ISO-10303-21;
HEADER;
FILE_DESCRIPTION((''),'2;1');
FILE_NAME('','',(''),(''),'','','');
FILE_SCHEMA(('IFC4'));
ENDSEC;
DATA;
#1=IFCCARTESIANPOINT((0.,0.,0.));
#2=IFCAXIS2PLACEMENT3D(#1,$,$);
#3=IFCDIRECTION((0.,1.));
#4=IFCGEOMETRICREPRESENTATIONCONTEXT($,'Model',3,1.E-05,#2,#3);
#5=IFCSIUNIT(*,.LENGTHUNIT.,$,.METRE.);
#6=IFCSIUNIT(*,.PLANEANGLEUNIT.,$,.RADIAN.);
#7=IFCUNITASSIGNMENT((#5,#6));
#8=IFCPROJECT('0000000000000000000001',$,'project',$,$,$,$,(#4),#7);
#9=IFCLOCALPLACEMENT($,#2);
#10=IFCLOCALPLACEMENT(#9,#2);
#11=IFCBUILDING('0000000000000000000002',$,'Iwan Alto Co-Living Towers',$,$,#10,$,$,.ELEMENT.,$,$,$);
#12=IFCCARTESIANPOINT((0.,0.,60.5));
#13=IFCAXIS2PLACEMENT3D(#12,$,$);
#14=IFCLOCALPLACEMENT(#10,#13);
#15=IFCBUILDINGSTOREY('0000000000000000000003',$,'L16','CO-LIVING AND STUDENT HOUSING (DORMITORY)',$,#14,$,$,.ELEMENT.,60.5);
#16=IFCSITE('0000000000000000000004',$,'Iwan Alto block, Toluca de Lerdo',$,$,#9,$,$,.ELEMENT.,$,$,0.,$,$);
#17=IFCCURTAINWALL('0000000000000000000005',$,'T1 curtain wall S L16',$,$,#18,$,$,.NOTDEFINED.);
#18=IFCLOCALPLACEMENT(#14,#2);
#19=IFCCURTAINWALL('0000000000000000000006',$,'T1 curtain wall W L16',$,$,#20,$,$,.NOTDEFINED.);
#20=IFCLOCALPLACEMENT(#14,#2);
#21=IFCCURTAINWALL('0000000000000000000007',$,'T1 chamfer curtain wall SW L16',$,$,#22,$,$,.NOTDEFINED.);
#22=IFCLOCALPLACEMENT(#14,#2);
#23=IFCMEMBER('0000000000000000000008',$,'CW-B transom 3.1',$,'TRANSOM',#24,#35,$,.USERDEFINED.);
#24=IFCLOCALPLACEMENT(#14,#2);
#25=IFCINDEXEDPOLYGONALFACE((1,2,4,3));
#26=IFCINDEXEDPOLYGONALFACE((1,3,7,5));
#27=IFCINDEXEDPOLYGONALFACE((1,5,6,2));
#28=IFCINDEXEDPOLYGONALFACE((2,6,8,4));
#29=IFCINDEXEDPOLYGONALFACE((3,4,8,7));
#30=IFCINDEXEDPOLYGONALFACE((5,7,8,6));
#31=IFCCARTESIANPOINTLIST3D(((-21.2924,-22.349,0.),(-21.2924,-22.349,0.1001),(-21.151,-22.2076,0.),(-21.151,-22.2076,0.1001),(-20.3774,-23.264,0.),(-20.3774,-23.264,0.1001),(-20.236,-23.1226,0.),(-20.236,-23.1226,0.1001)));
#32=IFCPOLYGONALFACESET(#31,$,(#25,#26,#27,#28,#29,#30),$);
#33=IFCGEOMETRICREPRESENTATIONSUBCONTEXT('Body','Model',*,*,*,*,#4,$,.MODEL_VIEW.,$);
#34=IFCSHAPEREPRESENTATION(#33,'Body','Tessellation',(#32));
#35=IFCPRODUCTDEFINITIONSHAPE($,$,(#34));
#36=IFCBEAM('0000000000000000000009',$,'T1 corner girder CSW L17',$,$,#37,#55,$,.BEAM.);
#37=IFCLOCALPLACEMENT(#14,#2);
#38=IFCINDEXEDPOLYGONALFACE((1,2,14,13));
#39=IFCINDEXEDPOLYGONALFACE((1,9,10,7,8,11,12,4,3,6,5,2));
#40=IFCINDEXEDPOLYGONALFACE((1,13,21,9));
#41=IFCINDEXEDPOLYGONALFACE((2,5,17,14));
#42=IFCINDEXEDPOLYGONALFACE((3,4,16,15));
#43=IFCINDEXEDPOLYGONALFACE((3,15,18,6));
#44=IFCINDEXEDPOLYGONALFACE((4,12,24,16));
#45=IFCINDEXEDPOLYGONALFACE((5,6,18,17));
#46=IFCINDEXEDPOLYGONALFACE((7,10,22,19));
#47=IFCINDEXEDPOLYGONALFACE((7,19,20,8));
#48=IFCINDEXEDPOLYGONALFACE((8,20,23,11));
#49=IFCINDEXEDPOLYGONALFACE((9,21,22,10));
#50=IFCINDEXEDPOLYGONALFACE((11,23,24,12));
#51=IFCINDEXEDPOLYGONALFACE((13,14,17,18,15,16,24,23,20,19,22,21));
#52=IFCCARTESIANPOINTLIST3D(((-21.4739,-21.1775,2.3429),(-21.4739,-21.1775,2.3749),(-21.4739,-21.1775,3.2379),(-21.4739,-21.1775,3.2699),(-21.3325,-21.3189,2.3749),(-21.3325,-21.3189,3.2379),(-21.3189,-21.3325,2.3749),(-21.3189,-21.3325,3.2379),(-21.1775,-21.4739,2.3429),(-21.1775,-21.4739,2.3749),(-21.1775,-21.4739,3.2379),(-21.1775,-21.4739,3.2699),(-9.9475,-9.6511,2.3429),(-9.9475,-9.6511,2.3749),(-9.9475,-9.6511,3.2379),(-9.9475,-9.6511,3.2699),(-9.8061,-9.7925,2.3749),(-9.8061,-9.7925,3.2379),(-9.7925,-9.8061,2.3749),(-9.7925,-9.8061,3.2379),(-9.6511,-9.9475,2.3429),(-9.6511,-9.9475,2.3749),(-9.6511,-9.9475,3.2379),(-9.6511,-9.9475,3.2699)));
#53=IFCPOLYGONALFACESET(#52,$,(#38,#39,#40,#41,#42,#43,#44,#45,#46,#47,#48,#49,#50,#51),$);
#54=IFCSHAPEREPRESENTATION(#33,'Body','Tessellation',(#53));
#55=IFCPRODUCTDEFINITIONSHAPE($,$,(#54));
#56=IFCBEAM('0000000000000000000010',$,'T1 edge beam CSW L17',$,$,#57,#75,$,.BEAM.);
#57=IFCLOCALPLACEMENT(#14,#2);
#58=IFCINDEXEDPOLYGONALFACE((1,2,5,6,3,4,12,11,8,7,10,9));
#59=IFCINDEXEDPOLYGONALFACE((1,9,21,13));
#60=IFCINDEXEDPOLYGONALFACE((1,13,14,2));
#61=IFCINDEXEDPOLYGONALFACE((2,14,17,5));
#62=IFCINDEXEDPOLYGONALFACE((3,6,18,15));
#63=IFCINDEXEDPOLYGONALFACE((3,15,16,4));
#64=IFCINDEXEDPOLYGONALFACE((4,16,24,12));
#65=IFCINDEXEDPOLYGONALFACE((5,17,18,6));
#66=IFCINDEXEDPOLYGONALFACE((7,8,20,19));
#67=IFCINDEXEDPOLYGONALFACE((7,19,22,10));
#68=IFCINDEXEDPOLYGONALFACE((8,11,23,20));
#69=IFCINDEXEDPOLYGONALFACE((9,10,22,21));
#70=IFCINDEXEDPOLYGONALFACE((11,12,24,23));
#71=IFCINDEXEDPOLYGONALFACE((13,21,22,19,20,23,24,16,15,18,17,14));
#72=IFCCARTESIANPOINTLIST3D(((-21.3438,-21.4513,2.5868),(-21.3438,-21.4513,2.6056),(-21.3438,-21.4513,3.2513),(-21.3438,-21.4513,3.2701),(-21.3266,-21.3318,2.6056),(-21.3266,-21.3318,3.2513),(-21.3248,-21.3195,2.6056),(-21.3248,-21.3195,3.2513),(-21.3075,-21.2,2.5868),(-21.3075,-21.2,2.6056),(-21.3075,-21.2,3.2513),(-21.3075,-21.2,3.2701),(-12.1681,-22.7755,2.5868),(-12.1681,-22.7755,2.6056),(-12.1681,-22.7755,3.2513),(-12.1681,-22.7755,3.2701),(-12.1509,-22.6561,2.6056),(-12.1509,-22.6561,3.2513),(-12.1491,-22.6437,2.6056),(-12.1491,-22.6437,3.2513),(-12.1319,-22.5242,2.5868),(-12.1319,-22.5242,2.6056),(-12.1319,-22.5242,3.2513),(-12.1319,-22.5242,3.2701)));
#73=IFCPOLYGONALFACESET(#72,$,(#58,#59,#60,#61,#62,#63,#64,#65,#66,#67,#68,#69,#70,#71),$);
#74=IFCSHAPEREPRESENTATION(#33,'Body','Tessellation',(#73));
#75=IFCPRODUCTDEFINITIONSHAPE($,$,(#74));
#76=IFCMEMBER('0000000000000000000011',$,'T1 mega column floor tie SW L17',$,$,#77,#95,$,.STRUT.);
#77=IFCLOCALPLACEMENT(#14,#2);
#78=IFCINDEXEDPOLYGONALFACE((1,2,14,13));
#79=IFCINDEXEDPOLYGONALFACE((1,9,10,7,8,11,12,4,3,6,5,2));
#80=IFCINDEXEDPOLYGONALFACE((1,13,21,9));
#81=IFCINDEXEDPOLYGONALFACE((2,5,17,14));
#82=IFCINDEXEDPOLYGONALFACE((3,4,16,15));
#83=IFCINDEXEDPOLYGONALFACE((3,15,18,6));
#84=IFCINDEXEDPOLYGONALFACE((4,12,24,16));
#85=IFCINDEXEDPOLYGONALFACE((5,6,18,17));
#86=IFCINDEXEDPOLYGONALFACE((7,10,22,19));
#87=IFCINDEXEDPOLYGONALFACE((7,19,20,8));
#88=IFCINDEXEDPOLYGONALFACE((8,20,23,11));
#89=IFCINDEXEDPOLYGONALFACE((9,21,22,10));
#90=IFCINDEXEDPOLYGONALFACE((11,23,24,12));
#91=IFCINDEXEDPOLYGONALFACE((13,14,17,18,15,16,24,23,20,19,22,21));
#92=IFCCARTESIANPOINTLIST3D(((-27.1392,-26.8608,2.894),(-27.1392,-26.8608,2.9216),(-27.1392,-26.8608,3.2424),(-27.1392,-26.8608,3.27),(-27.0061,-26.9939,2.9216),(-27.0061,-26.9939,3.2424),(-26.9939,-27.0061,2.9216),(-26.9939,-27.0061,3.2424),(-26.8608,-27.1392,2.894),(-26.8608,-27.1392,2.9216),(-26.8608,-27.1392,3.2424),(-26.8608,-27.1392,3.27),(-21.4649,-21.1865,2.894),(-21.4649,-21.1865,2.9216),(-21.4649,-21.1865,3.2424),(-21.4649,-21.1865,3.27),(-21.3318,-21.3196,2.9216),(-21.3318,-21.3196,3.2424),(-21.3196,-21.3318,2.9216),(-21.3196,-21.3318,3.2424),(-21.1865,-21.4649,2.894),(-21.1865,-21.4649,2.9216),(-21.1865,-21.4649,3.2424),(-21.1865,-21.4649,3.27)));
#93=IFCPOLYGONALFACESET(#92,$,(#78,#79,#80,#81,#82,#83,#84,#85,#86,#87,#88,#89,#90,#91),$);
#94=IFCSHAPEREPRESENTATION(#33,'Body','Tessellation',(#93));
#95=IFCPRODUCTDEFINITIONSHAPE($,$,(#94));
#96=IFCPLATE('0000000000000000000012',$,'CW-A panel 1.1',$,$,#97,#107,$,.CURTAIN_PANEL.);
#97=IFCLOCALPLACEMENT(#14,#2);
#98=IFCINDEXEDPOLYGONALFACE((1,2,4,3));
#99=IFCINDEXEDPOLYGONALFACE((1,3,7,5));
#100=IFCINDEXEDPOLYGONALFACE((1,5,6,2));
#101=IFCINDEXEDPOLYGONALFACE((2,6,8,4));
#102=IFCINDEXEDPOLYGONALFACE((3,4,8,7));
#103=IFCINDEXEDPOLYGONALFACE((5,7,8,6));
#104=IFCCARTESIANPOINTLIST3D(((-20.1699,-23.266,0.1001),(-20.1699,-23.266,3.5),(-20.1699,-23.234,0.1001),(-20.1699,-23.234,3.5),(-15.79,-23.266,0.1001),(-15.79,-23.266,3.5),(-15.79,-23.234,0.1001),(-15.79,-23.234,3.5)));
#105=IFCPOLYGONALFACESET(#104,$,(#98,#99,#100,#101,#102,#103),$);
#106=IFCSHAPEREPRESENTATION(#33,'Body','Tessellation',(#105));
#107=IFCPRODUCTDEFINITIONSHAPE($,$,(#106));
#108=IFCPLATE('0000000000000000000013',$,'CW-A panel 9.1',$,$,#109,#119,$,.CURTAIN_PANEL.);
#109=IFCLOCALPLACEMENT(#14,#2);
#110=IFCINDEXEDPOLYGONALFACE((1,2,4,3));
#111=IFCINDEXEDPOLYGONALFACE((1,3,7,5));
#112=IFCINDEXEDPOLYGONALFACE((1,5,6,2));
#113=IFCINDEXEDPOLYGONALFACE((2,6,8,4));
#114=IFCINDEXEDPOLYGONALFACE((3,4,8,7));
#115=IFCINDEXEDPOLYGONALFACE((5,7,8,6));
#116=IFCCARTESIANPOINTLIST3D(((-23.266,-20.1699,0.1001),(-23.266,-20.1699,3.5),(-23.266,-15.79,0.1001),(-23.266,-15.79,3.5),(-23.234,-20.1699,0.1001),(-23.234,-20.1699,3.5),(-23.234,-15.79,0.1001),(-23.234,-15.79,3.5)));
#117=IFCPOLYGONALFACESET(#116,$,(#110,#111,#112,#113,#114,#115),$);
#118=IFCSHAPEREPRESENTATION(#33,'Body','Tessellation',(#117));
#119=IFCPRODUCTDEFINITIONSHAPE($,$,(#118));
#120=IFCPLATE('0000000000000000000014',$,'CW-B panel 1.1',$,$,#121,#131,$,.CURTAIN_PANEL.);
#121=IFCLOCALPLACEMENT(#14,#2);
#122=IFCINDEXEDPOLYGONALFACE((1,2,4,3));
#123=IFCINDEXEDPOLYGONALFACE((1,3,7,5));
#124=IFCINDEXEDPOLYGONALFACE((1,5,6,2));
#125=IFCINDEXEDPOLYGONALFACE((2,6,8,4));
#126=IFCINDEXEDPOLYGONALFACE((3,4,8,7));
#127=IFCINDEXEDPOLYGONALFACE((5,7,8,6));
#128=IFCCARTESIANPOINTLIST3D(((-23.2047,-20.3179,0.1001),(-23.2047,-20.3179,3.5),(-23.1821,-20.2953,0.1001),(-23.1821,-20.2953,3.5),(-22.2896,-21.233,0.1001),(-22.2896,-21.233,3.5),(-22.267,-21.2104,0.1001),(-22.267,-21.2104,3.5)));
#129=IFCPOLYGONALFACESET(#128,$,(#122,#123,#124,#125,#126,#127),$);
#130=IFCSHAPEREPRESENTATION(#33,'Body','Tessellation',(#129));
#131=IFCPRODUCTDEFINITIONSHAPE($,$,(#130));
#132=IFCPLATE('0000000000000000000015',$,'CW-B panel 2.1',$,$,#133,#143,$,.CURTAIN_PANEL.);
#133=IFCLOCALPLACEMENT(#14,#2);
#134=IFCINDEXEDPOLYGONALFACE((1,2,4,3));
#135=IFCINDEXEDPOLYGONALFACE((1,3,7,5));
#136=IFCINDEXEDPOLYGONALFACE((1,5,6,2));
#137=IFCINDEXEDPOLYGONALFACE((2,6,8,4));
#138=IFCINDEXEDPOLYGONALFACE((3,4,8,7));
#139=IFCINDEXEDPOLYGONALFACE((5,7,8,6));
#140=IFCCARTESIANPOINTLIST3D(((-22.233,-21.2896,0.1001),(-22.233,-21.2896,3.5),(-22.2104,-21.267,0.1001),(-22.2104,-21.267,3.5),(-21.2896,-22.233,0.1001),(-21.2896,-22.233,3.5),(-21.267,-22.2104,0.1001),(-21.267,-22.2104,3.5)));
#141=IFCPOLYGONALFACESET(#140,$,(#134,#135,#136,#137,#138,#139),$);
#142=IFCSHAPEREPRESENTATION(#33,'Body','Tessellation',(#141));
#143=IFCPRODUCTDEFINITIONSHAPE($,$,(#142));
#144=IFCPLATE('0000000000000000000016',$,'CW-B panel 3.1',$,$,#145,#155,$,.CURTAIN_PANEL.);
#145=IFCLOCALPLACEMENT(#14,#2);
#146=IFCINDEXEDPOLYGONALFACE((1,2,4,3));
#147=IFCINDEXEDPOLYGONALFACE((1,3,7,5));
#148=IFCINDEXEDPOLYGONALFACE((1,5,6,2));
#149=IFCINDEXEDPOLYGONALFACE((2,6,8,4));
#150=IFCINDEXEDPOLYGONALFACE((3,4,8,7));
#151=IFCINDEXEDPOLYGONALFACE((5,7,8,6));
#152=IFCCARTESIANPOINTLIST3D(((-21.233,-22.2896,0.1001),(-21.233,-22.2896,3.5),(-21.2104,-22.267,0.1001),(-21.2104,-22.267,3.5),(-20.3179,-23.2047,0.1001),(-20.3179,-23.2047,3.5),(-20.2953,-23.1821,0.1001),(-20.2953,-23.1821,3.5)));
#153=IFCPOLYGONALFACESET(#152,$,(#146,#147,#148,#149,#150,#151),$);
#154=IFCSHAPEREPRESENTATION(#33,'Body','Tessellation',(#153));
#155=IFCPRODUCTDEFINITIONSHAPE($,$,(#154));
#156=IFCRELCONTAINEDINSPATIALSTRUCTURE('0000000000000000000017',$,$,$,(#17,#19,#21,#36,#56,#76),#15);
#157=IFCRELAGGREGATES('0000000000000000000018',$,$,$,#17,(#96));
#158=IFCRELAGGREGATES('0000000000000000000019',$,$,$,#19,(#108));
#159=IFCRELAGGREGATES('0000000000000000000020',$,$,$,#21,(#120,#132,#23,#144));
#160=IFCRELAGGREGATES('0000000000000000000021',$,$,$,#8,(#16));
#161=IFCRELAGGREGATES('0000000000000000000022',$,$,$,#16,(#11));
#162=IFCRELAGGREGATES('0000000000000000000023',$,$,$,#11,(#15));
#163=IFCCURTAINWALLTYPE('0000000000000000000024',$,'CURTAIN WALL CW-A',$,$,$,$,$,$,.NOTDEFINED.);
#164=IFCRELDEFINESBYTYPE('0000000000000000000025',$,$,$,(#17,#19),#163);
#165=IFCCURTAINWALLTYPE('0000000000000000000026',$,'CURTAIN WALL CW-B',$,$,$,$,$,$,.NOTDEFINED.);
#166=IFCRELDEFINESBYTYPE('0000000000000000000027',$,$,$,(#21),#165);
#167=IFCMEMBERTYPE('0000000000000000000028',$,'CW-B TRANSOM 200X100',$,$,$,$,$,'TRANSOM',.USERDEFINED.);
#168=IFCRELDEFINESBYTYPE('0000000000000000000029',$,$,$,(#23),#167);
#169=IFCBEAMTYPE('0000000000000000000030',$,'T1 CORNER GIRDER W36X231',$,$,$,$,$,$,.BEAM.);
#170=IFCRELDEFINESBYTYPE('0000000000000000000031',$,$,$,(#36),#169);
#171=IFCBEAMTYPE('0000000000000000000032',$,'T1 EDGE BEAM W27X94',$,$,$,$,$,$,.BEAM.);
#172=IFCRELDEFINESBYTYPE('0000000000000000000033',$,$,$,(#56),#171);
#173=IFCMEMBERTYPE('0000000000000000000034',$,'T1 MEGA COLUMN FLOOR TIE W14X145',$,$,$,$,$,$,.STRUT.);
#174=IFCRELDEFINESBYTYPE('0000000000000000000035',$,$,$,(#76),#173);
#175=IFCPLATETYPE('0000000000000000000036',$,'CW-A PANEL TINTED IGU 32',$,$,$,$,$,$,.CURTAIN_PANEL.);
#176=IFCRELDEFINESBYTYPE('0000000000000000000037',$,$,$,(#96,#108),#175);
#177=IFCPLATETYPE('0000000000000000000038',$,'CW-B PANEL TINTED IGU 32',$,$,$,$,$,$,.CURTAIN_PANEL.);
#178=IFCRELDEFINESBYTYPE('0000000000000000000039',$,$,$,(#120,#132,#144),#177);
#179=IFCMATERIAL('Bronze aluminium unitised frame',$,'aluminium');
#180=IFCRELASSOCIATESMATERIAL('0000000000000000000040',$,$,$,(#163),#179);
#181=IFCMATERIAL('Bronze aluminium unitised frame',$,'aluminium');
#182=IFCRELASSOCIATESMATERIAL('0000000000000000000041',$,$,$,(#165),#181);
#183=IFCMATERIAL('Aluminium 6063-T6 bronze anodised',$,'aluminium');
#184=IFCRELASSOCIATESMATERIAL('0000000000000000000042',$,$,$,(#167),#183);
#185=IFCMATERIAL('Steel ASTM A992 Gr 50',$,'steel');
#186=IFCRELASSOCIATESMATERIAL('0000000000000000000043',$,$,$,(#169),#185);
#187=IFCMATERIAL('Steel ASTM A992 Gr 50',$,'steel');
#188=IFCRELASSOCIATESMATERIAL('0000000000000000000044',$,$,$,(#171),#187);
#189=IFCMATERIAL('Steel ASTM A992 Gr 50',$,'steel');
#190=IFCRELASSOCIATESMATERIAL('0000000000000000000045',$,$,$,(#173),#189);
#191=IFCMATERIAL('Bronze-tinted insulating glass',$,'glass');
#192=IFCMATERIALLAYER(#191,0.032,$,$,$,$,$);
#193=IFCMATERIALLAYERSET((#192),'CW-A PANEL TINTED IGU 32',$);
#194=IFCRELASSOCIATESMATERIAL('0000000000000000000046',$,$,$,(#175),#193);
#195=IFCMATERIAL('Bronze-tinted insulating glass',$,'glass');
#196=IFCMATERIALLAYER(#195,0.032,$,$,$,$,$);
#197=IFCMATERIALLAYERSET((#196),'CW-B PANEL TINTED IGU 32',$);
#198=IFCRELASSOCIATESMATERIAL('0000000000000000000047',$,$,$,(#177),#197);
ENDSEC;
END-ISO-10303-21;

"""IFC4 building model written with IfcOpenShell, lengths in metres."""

from ifc_helpers import new_model, si_unit, direction, frame, origin, origin_2d, place, context, subcontext, project, spatial, rectangle, i_section, extrude, material, layer, layer_set, material_profile, profile_set, type_object, element, aggregate, save


model = new_model("IFC4")

# Units and contexts
model_context = context("Model", 3, precision=1e-05, world=origin(), true_north=direction((0.0, 1.0)))
body_context = subcontext(model_context, "Body", "Model", "MODEL_VIEW")
ifc_project = project(units=[si_unit("LENGTHUNIT", "METRE"), si_unit("PLANEANGLEUNIT", "RADIAN")], contexts=[model_context])

# Site, building, storey
site_placement = place(None, origin())
site = spatial("IfcSite", under=ifc_project, at=site_placement, Name="Iwan Alto block, Toluca de Lerdo", CompositionType="ELEMENT", RefElevation=0.0)
building_placement = place(site_placement, origin())
building = spatial("IfcBuilding", under=site, at=building_placement, Name="Iwan Alto Co-Living Towers", CompositionType="ELEMENT")
storey_placement = place(building_placement, frame((0.0, 0.0, 60.5)))
storey = spatial("IfcBuildingStorey", under=building, at=storey_placement, Name="L16", Description="CO-LIVING AND STUDENT HOUSING (DORMITORY)", CompositionType="ELEMENT", Elevation=60.5)

# Curtain wall
ifc_material_1 = material(Name="Bronze aluminium unitised frame", Category="aluminium")
curtain_wall_type_1 = type_object("IfcCurtainWallType", Name="CURTAIN WALL CW-A", PredefinedType="NOTDEFINED", material=ifc_material_1)
curtain_wall_1_placement = place(storey_placement, origin())
curtain_wall_1 = element("IfcCurtainWall", 1, at=curtain_wall_1_placement, inside=storey, type_object=curtain_wall_type_1, Name="T1 curtain wall S L16", PredefinedType="NOTDEFINED")

# Curtain wall
curtain_wall_2_placement = place(storey_placement, origin())
curtain_wall_2 = element("IfcCurtainWall", 2, at=curtain_wall_2_placement, inside=storey, type_object=curtain_wall_type_1, Name="T1 curtain wall W L16", PredefinedType="NOTDEFINED")

# Curtain wall, member
ifc_material_2 = material(Name="Bronze aluminium unitised frame", Category="aluminium")
curtain_wall_type_2 = type_object("IfcCurtainWallType", Name="CURTAIN WALL CW-B", PredefinedType="NOTDEFINED", material=ifc_material_2)
curtain_wall_3_placement = place(storey_placement, origin())
curtain_wall_3 = element("IfcCurtainWall", 3, at=curtain_wall_3_placement, inside=storey, type_object=curtain_wall_type_2, Name="T1 chamfer curtain wall SW L16", PredefinedType="NOTDEFINED")
ifc_material_3 = material(Name="Aluminium 6063-T6 bronze anodised", Category="aluminium")
ifc_material_profile_1 = material_profile(ifc_material_3, rectangle(XDim=0.2, YDim=0.1001, at=origin_2d()), Name="AL 200X100")
ifc_profile_set_1 = profile_set([ifc_material_profile_1], Name="Aluminium 6063-T6 bronze anodised")
member_type_1 = type_object("IfcMemberType", Name="CW-B TRANSOM 200X100", ElementType="TRANSOM", PredefinedType="USERDEFINED", material=ifc_profile_set_1)
member_1_placement = place(storey_placement, frame((-21.2217, -22.2783, 0.05), z_axis=(0.707107, -0.707107, 0.0), x_axis=(0.707107, 0.707107, 0.0)))
member_1 = element("IfcMember", 4, at=member_1_placement, type_object=member_type_1, Name="CW-B transom 3.1", ObjectType="TRANSOM", PredefinedType="USERDEFINED", context=body_context, shape_type="SweptSolid", body=[
    extrude(rectangle(XDim=0.2, YDim=0.1001, at=origin_2d()), origin(), (0.0, 0.0, 1.0), 1.2939),
])

# Beams
ifc_material_4 = material(Name="Steel ASTM A992 Gr 50", Category="steel")
ifc_material_profile_2 = material_profile(ifc_material_4, i_section(OverallWidth=0.4192, OverallDepth=0.927, WebThickness=0.0193, FlangeThickness=0.032, at=origin_2d()), Name="W36X231")
ifc_profile_set_2 = profile_set([ifc_material_profile_2], Name="Steel ASTM A992 Gr 50")
beam_type_1 = type_object("IfcBeamType", Name="T1 CORNER GIRDER W36X231", PredefinedType="BEAM", material=ifc_profile_set_2)
beam_1_placement = place(storey_placement, frame((-21.3257, -21.3257, 2.8064), z_axis=(0.707107, 0.707107, 0.0), x_axis=(-0.707107, 0.707107, 0.0)))
element("IfcBeam", 5, at=beam_1_placement, inside=storey, type_object=beam_type_1, Name="T1 corner girder CSW L17", PredefinedType="BEAM", context=body_context, shape_type="SweptSolid", body=[
    extrude(i_section(OverallWidth=0.4192, OverallDepth=0.927, WebThickness=0.0193, FlangeThickness=0.032, at=origin_2d()), origin(), (0.0, 0.0, 1.0), 16.3008),
])
ifc_material_5 = material(Name="Steel ASTM A992 Gr 50", Category="steel")
ifc_material_profile_3 = material_profile(ifc_material_5, i_section(OverallWidth=0.2539, OverallDepth=0.6833, WebThickness=0.0125, FlangeThickness=0.0188, at=origin_2d()), Name="W27X94")
ifc_profile_set_3 = profile_set([ifc_material_profile_3], Name="Steel ASTM A992 Gr 50")
beam_type_2 = type_object("IfcBeamType", Name="T1 EDGE BEAM W27X94", PredefinedType="BEAM", material=ifc_profile_set_3)
beam_2_placement = place(storey_placement, frame((-21.3257, -21.3257, 2.9285), z_axis=(0.989746, -0.142837, 0.0), x_axis=(0.142837, 0.989746, 0.0)))
element("IfcBeam", 6, at=beam_2_placement, inside=storey, type_object=beam_type_2, Name="T1 edge beam CSW L17", PredefinedType="BEAM", context=body_context, shape_type="SweptSolid", body=[
    extrude(i_section(OverallWidth=0.2539, OverallDepth=0.6833, WebThickness=0.0125, FlangeThickness=0.0188, at=origin_2d()), origin(), (0.0, 0.0, 1.0), 9.2708),
])

# Member
ifc_material_6 = material(Name="Steel ASTM A992 Gr 50", Category="steel")
ifc_material_profile_4 = material_profile(ifc_material_6, i_section(OverallWidth=0.3938, OverallDepth=0.376, WebThickness=0.0173, FlangeThickness=0.0276, at=origin_2d()), Name="W14X145")
ifc_profile_set_4 = profile_set([ifc_material_profile_4], Name="Steel ASTM A992 Gr 50")
member_type_2 = type_object("IfcMemberType", Name="T1 MEGA COLUMN FLOOR TIE W14X145", PredefinedType="STRUT", material=ifc_profile_set_4)
member_2_placement = place(storey_placement, frame((-27.0, -27.0, 3.082), z_axis=(0.707107, 0.707107, 0.0), x_axis=(-0.707107, 0.707107, 0.0)))
element("IfcMember", 7, at=member_2_placement, inside=storey, type_object=member_type_2, Name="T1 mega column floor tie SW L17", PredefinedType="STRUT", context=body_context, shape_type="SweptSolid", body=[
    extrude(i_section(OverallWidth=0.3938, OverallDepth=0.376, WebThickness=0.0173, FlangeThickness=0.0276, at=origin_2d()), origin(), (0.0, 0.0, 1.0), 8.0247),
])

# Plates
ifc_material_7 = material(Name="Bronze-tinted insulating glass", Category="glass")
ifc_layer_1 = layer(ifc_material_7, 0.032)
ifc_layer_set_1 = layer_set([ifc_layer_1], Name="CW-A PANEL TINTED IGU 32")
plate_type_1 = type_object("IfcPlateType", Name="CW-A PANEL TINTED IGU 32", PredefinedType="CURTAIN_PANEL", material=ifc_layer_set_1)
plate_1_placement = place(storey_placement, frame((-17.98, -23.25, 0.1001), z_axis=(0.0, 0.0, 1.0), x_axis=(1.0, 0.0, 0.0)))
plate_1 = element("IfcPlate", 8, at=plate_1_placement, type_object=plate_type_1, Name="CW-A panel 1.1", PredefinedType="CURTAIN_PANEL", context=body_context, shape_type="SweptSolid", body=[
    extrude(rectangle(XDim=4.3799, YDim=0.032, at=origin_2d()), origin(), (0.0, 0.0, 1.0), 3.3999),
])
aggregate(curtain_wall_1, [plate_1])
plate_2_placement = place(storey_placement, frame((-23.25, -17.98, 0.1001), z_axis=(0.0, 0.0, 1.0), x_axis=(0.0, -1.0, 0.0)))
plate_2 = element("IfcPlate", 9, at=plate_2_placement, type_object=plate_type_1, Name="CW-A panel 9.1", PredefinedType="CURTAIN_PANEL", context=body_context, shape_type="SweptSolid", body=[
    extrude(rectangle(XDim=4.3799, YDim=0.032, at=origin_2d()), origin(), (0.0, 0.0, 1.0), 3.3999),
])
aggregate(curtain_wall_2, [plate_2])
ifc_material_8 = material(Name="Bronze-tinted insulating glass", Category="glass")
ifc_layer_2 = layer(ifc_material_8, 0.032)
ifc_layer_set_2 = layer_set([ifc_layer_2], Name="CW-B PANEL TINTED IGU 32")
plate_type_2 = type_object("IfcPlateType", Name="CW-B PANEL TINTED IGU 32", PredefinedType="CURTAIN_PANEL", material=ifc_layer_set_2)
plate_3_placement = place(storey_placement, frame((-22.7358, -20.7642, 0.1001), z_axis=(0.0, 0.0, 1.0), x_axis=(0.707107, -0.707107, 0.0)))
plate_3 = element("IfcPlate", 10, at=plate_3_placement, type_object=plate_type_2, Name="CW-B panel 1.1", PredefinedType="CURTAIN_PANEL", context=body_context, shape_type="SweptSolid", body=[
    extrude(rectangle(XDim=1.2942, YDim=0.032, at=origin_2d()), origin(), (0.0, 0.0, 1.0), 3.3999),
])
plate_4_placement = place(storey_placement, frame((-21.75, -21.75, 0.1001), z_axis=(0.0, 0.0, 1.0), x_axis=(0.707107, -0.707107, 0.0)))
plate_4 = element("IfcPlate", 11, at=plate_4_placement, type_object=plate_type_2, Name="CW-B panel 2.1", PredefinedType="CURTAIN_PANEL", context=body_context, shape_type="SweptSolid", body=[
    extrude(rectangle(XDim=1.3342, YDim=0.032, at=origin_2d()), origin(), (0.0, 0.0, 1.0), 3.3999),
])
plate_5_placement = place(storey_placement, frame((-20.7642, -22.7358, 0.1001), z_axis=(0.0, 0.0, 1.0), x_axis=(0.707107, -0.707107, 0.0)))
plate_5 = element("IfcPlate", 12, at=plate_5_placement, type_object=plate_type_2, Name="CW-B panel 3.1", PredefinedType="CURTAIN_PANEL", context=body_context, shape_type="SweptSolid", body=[
    extrude(rectangle(XDim=1.2942, YDim=0.032, at=origin_2d()), origin(), (0.0, 0.0, 1.0), 3.3999),
])
aggregate(curtain_wall_3, [plate_3, plate_4, member_1, plate_5])

save(model, "model.ifc")
